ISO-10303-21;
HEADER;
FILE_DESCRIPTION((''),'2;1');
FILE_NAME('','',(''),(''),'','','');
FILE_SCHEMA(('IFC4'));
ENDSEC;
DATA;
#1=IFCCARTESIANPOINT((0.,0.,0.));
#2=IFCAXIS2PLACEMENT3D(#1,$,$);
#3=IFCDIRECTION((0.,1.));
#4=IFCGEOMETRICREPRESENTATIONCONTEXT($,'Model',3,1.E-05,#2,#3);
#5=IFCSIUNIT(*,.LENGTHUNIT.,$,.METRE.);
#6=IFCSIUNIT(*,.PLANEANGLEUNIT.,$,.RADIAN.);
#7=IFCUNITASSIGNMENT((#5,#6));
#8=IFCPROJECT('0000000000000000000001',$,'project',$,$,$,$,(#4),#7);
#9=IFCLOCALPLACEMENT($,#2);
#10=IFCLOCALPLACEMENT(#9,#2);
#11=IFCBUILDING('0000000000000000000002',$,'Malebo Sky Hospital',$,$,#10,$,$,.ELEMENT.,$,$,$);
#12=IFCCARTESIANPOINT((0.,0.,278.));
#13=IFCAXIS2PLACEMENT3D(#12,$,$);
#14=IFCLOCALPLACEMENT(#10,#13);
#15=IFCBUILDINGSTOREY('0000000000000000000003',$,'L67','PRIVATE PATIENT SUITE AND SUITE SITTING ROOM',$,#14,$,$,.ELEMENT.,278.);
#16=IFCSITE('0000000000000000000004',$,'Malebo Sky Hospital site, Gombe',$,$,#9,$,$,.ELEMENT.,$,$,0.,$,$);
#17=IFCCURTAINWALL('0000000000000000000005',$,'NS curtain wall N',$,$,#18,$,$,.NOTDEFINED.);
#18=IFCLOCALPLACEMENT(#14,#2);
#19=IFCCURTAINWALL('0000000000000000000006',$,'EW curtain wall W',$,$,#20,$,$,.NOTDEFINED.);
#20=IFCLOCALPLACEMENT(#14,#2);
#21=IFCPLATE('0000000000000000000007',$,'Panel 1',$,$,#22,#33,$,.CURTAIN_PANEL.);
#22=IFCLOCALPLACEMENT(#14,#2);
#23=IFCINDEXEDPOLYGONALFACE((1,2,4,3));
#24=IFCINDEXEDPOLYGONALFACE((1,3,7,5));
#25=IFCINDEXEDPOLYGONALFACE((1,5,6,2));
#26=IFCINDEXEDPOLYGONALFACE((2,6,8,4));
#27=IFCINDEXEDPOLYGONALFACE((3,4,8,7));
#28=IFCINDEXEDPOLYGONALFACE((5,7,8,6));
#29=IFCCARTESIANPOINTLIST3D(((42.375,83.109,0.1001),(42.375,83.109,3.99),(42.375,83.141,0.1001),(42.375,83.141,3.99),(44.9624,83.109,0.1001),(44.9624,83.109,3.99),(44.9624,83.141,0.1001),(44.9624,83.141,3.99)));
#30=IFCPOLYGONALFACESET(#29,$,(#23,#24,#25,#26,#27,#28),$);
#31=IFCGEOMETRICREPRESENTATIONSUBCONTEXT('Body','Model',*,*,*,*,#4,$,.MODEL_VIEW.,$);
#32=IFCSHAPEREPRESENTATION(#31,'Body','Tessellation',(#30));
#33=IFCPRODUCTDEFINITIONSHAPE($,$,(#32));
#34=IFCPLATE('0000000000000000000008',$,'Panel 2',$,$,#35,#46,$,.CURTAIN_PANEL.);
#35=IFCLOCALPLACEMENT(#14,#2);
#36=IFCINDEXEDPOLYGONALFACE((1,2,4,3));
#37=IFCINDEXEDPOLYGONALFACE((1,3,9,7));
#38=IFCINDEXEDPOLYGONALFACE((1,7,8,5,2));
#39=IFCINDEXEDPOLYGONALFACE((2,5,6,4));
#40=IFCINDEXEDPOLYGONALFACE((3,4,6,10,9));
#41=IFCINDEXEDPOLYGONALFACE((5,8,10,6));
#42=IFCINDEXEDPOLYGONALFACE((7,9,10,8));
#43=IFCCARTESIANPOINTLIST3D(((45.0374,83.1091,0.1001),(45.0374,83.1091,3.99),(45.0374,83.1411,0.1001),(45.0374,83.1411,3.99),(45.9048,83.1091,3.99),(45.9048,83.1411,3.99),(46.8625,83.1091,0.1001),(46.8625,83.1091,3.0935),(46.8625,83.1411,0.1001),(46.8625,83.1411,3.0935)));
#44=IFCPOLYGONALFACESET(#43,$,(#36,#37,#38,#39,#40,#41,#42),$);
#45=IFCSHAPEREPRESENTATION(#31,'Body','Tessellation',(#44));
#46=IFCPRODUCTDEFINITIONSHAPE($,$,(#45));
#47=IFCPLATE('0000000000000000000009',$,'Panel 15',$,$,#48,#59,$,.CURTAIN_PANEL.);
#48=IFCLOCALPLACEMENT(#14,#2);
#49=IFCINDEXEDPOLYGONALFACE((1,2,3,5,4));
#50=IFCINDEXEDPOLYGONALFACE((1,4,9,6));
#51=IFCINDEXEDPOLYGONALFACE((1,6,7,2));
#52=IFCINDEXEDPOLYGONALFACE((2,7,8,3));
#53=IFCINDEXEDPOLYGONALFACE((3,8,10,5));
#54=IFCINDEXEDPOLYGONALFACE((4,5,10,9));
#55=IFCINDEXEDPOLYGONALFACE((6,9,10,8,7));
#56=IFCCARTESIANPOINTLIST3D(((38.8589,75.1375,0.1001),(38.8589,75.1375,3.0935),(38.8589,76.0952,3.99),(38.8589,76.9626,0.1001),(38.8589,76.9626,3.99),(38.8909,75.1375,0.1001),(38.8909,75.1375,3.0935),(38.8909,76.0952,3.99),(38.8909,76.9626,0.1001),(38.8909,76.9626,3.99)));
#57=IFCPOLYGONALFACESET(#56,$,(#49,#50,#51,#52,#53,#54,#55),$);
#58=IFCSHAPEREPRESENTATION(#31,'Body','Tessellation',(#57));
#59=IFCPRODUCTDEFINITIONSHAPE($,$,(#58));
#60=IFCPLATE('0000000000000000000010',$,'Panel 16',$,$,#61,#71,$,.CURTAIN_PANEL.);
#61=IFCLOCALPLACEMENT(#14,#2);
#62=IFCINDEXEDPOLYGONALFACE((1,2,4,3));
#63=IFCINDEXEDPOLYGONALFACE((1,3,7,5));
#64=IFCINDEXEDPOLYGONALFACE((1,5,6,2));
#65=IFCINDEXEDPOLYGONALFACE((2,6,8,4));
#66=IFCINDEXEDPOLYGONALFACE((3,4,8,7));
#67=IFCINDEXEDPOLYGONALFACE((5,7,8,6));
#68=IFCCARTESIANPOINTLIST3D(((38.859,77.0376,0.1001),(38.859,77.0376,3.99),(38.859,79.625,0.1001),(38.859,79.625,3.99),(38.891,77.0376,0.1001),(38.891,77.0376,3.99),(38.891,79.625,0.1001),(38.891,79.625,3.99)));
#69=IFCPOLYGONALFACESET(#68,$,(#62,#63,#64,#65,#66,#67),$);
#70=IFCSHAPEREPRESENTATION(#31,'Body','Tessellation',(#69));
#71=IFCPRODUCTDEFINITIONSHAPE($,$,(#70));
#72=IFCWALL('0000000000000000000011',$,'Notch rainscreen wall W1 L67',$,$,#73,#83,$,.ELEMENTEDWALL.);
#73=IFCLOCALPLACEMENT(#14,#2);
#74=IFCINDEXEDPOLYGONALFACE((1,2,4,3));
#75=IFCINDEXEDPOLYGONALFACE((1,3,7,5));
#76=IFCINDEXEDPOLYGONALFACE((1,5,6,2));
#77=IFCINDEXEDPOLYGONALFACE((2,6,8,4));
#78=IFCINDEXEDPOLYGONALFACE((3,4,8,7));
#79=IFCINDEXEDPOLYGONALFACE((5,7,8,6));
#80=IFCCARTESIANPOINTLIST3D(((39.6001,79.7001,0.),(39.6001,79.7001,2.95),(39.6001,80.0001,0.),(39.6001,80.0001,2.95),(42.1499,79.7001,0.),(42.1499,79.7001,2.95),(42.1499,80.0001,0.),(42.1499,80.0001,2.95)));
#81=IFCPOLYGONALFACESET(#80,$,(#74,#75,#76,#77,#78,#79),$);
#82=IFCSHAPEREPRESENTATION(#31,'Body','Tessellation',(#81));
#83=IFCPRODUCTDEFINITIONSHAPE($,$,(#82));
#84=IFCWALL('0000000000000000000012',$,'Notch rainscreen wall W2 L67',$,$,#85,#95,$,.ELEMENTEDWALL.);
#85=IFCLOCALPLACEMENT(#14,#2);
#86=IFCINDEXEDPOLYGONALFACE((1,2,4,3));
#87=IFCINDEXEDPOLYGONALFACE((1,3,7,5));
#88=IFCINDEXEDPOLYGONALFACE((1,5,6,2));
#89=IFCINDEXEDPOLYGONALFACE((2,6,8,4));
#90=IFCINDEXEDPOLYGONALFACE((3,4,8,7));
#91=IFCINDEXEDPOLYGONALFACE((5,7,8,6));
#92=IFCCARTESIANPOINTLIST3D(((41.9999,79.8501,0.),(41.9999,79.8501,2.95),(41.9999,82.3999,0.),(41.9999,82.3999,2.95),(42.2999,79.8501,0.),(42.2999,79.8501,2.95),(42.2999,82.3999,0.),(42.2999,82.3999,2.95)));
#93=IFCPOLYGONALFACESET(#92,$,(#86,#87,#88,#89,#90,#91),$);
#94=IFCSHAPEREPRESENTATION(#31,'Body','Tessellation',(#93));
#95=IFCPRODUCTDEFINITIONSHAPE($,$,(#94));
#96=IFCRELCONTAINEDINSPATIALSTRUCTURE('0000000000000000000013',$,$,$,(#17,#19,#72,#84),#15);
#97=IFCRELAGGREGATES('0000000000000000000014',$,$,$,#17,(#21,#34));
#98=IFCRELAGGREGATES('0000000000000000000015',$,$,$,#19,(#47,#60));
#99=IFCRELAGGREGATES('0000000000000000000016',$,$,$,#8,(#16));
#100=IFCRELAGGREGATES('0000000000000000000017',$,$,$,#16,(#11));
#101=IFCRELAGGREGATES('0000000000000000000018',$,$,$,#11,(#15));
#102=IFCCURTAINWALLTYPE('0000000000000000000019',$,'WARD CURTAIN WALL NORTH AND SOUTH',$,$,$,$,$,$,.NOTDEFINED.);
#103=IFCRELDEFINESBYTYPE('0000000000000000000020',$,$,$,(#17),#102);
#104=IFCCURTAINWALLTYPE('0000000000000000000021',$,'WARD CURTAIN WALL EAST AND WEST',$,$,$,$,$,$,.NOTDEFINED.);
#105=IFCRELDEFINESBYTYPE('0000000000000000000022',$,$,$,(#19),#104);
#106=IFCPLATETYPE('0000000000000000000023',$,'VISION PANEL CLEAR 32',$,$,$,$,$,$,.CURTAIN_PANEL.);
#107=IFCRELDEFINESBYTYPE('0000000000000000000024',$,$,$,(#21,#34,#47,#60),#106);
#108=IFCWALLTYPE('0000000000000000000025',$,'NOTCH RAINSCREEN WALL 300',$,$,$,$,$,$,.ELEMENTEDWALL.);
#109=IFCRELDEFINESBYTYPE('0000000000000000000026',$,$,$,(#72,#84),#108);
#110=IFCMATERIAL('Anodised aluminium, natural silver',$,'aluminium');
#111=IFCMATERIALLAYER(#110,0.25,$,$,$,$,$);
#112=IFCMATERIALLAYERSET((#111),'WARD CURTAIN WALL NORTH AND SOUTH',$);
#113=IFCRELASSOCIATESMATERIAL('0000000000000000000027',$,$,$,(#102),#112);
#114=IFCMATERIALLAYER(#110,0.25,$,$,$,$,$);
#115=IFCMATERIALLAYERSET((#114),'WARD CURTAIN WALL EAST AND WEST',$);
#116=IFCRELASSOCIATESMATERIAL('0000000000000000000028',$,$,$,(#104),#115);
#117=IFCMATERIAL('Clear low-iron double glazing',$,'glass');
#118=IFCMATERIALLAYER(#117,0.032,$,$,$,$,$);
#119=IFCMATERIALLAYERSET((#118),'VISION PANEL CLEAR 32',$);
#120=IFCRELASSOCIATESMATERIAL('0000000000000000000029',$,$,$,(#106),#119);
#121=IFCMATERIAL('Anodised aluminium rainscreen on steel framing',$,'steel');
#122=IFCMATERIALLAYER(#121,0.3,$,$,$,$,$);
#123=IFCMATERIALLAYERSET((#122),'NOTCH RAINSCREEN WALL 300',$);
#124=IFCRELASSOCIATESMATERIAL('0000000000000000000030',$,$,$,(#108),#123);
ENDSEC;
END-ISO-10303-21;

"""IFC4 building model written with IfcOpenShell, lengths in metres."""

from ifc_helpers import new_model, si_unit, direction, frame, frame_2d, origin, origin_2d, place, context, subcontext, project, spatial, polyline, rectangle, outline, extrude, material, layer, layer_set, type_object, element, aggregate, save


model = new_model("IFC4")

# Units and contexts
model_context = context("Model", 3, precision=1e-05, world=origin(), true_north=direction((0.0, 1.0)))
body_context = subcontext(model_context, "Body", "Model", "MODEL_VIEW")
ifc_project = project(units=[si_unit("LENGTHUNIT", "METRE"), si_unit("PLANEANGLEUNIT", "RADIAN")], contexts=[model_context])

# Site, building, storey
site_placement = place(None, origin())
site = spatial("IfcSite", under=ifc_project, at=site_placement, Name="Malebo Sky Hospital site, Gombe", CompositionType="ELEMENT", RefElevation=0.0)
building_placement = place(site_placement, origin())
building = spatial("IfcBuilding", under=site, at=building_placement, Name="Malebo Sky Hospital", CompositionType="ELEMENT")
storey_placement = place(building_placement, frame((0.0, 0.0, 278.0)))
storey = spatial("IfcBuildingStorey", under=building, at=storey_placement, Name="L67", Description="PRIVATE PATIENT SUITE AND SUITE SITTING ROOM", CompositionType="ELEMENT", Elevation=278.0)

# Curtain walls
ifc_material_1 = material(Name="Anodised aluminium, natural silver", Category="aluminium")
ifc_layer_1 = layer(ifc_material_1, 0.25)
ifc_layer_set_1 = layer_set([ifc_layer_1], Name="WARD CURTAIN WALL NORTH AND SOUTH")
curtain_wall_type_1 = type_object("IfcCurtainWallType", Name="WARD CURTAIN WALL NORTH AND SOUTH", PredefinedType="NOTDEFINED", material=ifc_layer_set_1)
curtain_wall_1_placement = place(storey_placement, origin())
curtain_wall_1 = element("IfcCurtainWall", 1, at=curtain_wall_1_placement, inside=storey, type_object=curtain_wall_type_1, Name="NS curtain wall N", PredefinedType="NOTDEFINED")
ifc_layer_2 = layer(ifc_material_1, 0.25)
ifc_layer_set_2 = layer_set([ifc_layer_2], Name="WARD CURTAIN WALL EAST AND WEST")
curtain_wall_type_2 = type_object("IfcCurtainWallType", Name="WARD CURTAIN WALL EAST AND WEST", PredefinedType="NOTDEFINED", material=ifc_layer_set_2)
curtain_wall_2_placement = place(storey_placement, origin())
curtain_wall_2 = element("IfcCurtainWall", 2, at=curtain_wall_2_placement, inside=storey, type_object=curtain_wall_type_2, Name="EW curtain wall W", PredefinedType="NOTDEFINED")

# Plates
ifc_material_2 = material(Name="Clear low-iron double glazing", Category="glass")
ifc_layer_3 = layer(ifc_material_2, 0.032)
ifc_layer_set_3 = layer_set([ifc_layer_3], Name="VISION PANEL CLEAR 32")
plate_type = type_object("IfcPlateType", Name="VISION PANEL CLEAR 32", PredefinedType="CURTAIN_PANEL", material=ifc_layer_set_3)
plate_1_placement = place(storey_placement, frame((43.6687, 83.125, 0.1001), z_axis=(0.0, 0.0, 1.0), x_axis=(1.0, 0.0, 0.0)))
plate_1 = element("IfcPlate", 3, at=plate_1_placement, type_object=plate_type, Name="Panel 1", PredefinedType="CURTAIN_PANEL", context=body_context, shape_type="SweptSolid", body=[
    extrude(rectangle(XDim=2.5874, YDim=0.032, at=origin_2d()), origin(), (0.0, 0.0, 1.0), 3.8899),
])
plate_2_placement = place(storey_placement, frame((45.95, 83.125, 0.1001), z_axis=(0.0, 0.0, 1.0), x_axis=(1.0, 0.0, 0.0)))
plate_2 = element("IfcPlate", 4, at=plate_2_placement, type_object=plate_type, Name="Panel 2", PredefinedType="CURTAIN_PANEL", context=body_context, shape_type="SweptSolid", body=[
    extrude(outline(polyline([(-0.9126, 0.0), (0.9126, 0.0), (0.9126, 2.9934), (-0.0452, 3.8899), (-0.9126, 3.8899), (-0.9126, 0.0)])), frame((0.0, 0.0161, 0.0), z_axis=(0.0, -1.0, 0.0), x_axis=(1.0, 0.0, 0.0)), (0.0, 0.0, 1.0), 0.032),
])
aggregate(curtain_wall_1, [plate_1, plate_2])
plate_3_placement = place(storey_placement, frame((38.875, 76.05, 0.1001), z_axis=(0.0, 0.0, 1.0), x_axis=(0.0, 1.0, 0.0)))
plate_3 = element("IfcPlate", 5, at=plate_3_placement, type_object=plate_type, Name="Panel 15", PredefinedType="CURTAIN_PANEL", context=body_context, shape_type="SweptSolid", body=[
    extrude(outline(polyline([(-0.9126, 0.0), (0.9126, 0.0), (0.9126, 3.8899), (0.0452, 3.8899), (-0.9126, 2.9934), (-0.9126, 0.0)])), frame((0.0, 0.0161, 0.0), z_axis=(0.0, -1.0, 0.0), x_axis=(1.0, 0.0, 0.0)), (0.0, 0.0, 1.0), 0.032),
])
plate_4_placement = place(storey_placement, frame((38.875, 78.3313, 0.1001), z_axis=(0.0, 0.0, 1.0), x_axis=(0.0, 1.0, 0.0)))
plate_4 = element("IfcPlate", 6, at=plate_4_placement, type_object=plate_type, Name="Panel 16", PredefinedType="CURTAIN_PANEL", context=body_context, shape_type="SweptSolid", body=[
    extrude(rectangle(XDim=2.5874, YDim=0.032, at=origin_2d()), origin(), (0.0, 0.0, 1.0), 3.8899),
])
aggregate(curtain_wall_2, [plate_3, plate_4])

# Walls
ifc_material_3 = material(Name="Anodised aluminium rainscreen on steel framing", Category="steel")
ifc_layer_4 = layer(ifc_material_3, 0.3)
ifc_layer_set_4 = layer_set([ifc_layer_4], Name="NOTCH RAINSCREEN WALL 300")
wall_type = type_object("IfcWallType", Name="NOTCH RAINSCREEN WALL 300", PredefinedType="ELEMENTEDWALL", material=ifc_layer_set_4)
for number, where, z_axis, x_axis, name in (
    (7, (39.6001, 79.8501, 0.0), (0.0, 0.0, 1.0), (1.0, 0.0, 0.0), "Notch rainscreen wall W1 L67"),
    (8, (42.1499, 79.8501, 0.0), (0.0, 0.0, 1.0), (0.0, 1.0, 0.0), "Notch rainscreen wall W2 L67"),
):
    element("IfcWall", number, at=place(storey_placement, frame(where, z_axis=z_axis, x_axis=x_axis)), inside=storey, type_object=wall_type, Name=name, PredefinedType="ELEMENTEDWALL", context=body_context, shape_type="SweptSolid", body=[
        extrude(rectangle(XDim=2.5498, YDim=0.3, at=frame_2d((1.2749, 0.0))), origin(), (0.0, 0.0, 1.0), 2.95),
    ])

save(model, "model.ifc")
